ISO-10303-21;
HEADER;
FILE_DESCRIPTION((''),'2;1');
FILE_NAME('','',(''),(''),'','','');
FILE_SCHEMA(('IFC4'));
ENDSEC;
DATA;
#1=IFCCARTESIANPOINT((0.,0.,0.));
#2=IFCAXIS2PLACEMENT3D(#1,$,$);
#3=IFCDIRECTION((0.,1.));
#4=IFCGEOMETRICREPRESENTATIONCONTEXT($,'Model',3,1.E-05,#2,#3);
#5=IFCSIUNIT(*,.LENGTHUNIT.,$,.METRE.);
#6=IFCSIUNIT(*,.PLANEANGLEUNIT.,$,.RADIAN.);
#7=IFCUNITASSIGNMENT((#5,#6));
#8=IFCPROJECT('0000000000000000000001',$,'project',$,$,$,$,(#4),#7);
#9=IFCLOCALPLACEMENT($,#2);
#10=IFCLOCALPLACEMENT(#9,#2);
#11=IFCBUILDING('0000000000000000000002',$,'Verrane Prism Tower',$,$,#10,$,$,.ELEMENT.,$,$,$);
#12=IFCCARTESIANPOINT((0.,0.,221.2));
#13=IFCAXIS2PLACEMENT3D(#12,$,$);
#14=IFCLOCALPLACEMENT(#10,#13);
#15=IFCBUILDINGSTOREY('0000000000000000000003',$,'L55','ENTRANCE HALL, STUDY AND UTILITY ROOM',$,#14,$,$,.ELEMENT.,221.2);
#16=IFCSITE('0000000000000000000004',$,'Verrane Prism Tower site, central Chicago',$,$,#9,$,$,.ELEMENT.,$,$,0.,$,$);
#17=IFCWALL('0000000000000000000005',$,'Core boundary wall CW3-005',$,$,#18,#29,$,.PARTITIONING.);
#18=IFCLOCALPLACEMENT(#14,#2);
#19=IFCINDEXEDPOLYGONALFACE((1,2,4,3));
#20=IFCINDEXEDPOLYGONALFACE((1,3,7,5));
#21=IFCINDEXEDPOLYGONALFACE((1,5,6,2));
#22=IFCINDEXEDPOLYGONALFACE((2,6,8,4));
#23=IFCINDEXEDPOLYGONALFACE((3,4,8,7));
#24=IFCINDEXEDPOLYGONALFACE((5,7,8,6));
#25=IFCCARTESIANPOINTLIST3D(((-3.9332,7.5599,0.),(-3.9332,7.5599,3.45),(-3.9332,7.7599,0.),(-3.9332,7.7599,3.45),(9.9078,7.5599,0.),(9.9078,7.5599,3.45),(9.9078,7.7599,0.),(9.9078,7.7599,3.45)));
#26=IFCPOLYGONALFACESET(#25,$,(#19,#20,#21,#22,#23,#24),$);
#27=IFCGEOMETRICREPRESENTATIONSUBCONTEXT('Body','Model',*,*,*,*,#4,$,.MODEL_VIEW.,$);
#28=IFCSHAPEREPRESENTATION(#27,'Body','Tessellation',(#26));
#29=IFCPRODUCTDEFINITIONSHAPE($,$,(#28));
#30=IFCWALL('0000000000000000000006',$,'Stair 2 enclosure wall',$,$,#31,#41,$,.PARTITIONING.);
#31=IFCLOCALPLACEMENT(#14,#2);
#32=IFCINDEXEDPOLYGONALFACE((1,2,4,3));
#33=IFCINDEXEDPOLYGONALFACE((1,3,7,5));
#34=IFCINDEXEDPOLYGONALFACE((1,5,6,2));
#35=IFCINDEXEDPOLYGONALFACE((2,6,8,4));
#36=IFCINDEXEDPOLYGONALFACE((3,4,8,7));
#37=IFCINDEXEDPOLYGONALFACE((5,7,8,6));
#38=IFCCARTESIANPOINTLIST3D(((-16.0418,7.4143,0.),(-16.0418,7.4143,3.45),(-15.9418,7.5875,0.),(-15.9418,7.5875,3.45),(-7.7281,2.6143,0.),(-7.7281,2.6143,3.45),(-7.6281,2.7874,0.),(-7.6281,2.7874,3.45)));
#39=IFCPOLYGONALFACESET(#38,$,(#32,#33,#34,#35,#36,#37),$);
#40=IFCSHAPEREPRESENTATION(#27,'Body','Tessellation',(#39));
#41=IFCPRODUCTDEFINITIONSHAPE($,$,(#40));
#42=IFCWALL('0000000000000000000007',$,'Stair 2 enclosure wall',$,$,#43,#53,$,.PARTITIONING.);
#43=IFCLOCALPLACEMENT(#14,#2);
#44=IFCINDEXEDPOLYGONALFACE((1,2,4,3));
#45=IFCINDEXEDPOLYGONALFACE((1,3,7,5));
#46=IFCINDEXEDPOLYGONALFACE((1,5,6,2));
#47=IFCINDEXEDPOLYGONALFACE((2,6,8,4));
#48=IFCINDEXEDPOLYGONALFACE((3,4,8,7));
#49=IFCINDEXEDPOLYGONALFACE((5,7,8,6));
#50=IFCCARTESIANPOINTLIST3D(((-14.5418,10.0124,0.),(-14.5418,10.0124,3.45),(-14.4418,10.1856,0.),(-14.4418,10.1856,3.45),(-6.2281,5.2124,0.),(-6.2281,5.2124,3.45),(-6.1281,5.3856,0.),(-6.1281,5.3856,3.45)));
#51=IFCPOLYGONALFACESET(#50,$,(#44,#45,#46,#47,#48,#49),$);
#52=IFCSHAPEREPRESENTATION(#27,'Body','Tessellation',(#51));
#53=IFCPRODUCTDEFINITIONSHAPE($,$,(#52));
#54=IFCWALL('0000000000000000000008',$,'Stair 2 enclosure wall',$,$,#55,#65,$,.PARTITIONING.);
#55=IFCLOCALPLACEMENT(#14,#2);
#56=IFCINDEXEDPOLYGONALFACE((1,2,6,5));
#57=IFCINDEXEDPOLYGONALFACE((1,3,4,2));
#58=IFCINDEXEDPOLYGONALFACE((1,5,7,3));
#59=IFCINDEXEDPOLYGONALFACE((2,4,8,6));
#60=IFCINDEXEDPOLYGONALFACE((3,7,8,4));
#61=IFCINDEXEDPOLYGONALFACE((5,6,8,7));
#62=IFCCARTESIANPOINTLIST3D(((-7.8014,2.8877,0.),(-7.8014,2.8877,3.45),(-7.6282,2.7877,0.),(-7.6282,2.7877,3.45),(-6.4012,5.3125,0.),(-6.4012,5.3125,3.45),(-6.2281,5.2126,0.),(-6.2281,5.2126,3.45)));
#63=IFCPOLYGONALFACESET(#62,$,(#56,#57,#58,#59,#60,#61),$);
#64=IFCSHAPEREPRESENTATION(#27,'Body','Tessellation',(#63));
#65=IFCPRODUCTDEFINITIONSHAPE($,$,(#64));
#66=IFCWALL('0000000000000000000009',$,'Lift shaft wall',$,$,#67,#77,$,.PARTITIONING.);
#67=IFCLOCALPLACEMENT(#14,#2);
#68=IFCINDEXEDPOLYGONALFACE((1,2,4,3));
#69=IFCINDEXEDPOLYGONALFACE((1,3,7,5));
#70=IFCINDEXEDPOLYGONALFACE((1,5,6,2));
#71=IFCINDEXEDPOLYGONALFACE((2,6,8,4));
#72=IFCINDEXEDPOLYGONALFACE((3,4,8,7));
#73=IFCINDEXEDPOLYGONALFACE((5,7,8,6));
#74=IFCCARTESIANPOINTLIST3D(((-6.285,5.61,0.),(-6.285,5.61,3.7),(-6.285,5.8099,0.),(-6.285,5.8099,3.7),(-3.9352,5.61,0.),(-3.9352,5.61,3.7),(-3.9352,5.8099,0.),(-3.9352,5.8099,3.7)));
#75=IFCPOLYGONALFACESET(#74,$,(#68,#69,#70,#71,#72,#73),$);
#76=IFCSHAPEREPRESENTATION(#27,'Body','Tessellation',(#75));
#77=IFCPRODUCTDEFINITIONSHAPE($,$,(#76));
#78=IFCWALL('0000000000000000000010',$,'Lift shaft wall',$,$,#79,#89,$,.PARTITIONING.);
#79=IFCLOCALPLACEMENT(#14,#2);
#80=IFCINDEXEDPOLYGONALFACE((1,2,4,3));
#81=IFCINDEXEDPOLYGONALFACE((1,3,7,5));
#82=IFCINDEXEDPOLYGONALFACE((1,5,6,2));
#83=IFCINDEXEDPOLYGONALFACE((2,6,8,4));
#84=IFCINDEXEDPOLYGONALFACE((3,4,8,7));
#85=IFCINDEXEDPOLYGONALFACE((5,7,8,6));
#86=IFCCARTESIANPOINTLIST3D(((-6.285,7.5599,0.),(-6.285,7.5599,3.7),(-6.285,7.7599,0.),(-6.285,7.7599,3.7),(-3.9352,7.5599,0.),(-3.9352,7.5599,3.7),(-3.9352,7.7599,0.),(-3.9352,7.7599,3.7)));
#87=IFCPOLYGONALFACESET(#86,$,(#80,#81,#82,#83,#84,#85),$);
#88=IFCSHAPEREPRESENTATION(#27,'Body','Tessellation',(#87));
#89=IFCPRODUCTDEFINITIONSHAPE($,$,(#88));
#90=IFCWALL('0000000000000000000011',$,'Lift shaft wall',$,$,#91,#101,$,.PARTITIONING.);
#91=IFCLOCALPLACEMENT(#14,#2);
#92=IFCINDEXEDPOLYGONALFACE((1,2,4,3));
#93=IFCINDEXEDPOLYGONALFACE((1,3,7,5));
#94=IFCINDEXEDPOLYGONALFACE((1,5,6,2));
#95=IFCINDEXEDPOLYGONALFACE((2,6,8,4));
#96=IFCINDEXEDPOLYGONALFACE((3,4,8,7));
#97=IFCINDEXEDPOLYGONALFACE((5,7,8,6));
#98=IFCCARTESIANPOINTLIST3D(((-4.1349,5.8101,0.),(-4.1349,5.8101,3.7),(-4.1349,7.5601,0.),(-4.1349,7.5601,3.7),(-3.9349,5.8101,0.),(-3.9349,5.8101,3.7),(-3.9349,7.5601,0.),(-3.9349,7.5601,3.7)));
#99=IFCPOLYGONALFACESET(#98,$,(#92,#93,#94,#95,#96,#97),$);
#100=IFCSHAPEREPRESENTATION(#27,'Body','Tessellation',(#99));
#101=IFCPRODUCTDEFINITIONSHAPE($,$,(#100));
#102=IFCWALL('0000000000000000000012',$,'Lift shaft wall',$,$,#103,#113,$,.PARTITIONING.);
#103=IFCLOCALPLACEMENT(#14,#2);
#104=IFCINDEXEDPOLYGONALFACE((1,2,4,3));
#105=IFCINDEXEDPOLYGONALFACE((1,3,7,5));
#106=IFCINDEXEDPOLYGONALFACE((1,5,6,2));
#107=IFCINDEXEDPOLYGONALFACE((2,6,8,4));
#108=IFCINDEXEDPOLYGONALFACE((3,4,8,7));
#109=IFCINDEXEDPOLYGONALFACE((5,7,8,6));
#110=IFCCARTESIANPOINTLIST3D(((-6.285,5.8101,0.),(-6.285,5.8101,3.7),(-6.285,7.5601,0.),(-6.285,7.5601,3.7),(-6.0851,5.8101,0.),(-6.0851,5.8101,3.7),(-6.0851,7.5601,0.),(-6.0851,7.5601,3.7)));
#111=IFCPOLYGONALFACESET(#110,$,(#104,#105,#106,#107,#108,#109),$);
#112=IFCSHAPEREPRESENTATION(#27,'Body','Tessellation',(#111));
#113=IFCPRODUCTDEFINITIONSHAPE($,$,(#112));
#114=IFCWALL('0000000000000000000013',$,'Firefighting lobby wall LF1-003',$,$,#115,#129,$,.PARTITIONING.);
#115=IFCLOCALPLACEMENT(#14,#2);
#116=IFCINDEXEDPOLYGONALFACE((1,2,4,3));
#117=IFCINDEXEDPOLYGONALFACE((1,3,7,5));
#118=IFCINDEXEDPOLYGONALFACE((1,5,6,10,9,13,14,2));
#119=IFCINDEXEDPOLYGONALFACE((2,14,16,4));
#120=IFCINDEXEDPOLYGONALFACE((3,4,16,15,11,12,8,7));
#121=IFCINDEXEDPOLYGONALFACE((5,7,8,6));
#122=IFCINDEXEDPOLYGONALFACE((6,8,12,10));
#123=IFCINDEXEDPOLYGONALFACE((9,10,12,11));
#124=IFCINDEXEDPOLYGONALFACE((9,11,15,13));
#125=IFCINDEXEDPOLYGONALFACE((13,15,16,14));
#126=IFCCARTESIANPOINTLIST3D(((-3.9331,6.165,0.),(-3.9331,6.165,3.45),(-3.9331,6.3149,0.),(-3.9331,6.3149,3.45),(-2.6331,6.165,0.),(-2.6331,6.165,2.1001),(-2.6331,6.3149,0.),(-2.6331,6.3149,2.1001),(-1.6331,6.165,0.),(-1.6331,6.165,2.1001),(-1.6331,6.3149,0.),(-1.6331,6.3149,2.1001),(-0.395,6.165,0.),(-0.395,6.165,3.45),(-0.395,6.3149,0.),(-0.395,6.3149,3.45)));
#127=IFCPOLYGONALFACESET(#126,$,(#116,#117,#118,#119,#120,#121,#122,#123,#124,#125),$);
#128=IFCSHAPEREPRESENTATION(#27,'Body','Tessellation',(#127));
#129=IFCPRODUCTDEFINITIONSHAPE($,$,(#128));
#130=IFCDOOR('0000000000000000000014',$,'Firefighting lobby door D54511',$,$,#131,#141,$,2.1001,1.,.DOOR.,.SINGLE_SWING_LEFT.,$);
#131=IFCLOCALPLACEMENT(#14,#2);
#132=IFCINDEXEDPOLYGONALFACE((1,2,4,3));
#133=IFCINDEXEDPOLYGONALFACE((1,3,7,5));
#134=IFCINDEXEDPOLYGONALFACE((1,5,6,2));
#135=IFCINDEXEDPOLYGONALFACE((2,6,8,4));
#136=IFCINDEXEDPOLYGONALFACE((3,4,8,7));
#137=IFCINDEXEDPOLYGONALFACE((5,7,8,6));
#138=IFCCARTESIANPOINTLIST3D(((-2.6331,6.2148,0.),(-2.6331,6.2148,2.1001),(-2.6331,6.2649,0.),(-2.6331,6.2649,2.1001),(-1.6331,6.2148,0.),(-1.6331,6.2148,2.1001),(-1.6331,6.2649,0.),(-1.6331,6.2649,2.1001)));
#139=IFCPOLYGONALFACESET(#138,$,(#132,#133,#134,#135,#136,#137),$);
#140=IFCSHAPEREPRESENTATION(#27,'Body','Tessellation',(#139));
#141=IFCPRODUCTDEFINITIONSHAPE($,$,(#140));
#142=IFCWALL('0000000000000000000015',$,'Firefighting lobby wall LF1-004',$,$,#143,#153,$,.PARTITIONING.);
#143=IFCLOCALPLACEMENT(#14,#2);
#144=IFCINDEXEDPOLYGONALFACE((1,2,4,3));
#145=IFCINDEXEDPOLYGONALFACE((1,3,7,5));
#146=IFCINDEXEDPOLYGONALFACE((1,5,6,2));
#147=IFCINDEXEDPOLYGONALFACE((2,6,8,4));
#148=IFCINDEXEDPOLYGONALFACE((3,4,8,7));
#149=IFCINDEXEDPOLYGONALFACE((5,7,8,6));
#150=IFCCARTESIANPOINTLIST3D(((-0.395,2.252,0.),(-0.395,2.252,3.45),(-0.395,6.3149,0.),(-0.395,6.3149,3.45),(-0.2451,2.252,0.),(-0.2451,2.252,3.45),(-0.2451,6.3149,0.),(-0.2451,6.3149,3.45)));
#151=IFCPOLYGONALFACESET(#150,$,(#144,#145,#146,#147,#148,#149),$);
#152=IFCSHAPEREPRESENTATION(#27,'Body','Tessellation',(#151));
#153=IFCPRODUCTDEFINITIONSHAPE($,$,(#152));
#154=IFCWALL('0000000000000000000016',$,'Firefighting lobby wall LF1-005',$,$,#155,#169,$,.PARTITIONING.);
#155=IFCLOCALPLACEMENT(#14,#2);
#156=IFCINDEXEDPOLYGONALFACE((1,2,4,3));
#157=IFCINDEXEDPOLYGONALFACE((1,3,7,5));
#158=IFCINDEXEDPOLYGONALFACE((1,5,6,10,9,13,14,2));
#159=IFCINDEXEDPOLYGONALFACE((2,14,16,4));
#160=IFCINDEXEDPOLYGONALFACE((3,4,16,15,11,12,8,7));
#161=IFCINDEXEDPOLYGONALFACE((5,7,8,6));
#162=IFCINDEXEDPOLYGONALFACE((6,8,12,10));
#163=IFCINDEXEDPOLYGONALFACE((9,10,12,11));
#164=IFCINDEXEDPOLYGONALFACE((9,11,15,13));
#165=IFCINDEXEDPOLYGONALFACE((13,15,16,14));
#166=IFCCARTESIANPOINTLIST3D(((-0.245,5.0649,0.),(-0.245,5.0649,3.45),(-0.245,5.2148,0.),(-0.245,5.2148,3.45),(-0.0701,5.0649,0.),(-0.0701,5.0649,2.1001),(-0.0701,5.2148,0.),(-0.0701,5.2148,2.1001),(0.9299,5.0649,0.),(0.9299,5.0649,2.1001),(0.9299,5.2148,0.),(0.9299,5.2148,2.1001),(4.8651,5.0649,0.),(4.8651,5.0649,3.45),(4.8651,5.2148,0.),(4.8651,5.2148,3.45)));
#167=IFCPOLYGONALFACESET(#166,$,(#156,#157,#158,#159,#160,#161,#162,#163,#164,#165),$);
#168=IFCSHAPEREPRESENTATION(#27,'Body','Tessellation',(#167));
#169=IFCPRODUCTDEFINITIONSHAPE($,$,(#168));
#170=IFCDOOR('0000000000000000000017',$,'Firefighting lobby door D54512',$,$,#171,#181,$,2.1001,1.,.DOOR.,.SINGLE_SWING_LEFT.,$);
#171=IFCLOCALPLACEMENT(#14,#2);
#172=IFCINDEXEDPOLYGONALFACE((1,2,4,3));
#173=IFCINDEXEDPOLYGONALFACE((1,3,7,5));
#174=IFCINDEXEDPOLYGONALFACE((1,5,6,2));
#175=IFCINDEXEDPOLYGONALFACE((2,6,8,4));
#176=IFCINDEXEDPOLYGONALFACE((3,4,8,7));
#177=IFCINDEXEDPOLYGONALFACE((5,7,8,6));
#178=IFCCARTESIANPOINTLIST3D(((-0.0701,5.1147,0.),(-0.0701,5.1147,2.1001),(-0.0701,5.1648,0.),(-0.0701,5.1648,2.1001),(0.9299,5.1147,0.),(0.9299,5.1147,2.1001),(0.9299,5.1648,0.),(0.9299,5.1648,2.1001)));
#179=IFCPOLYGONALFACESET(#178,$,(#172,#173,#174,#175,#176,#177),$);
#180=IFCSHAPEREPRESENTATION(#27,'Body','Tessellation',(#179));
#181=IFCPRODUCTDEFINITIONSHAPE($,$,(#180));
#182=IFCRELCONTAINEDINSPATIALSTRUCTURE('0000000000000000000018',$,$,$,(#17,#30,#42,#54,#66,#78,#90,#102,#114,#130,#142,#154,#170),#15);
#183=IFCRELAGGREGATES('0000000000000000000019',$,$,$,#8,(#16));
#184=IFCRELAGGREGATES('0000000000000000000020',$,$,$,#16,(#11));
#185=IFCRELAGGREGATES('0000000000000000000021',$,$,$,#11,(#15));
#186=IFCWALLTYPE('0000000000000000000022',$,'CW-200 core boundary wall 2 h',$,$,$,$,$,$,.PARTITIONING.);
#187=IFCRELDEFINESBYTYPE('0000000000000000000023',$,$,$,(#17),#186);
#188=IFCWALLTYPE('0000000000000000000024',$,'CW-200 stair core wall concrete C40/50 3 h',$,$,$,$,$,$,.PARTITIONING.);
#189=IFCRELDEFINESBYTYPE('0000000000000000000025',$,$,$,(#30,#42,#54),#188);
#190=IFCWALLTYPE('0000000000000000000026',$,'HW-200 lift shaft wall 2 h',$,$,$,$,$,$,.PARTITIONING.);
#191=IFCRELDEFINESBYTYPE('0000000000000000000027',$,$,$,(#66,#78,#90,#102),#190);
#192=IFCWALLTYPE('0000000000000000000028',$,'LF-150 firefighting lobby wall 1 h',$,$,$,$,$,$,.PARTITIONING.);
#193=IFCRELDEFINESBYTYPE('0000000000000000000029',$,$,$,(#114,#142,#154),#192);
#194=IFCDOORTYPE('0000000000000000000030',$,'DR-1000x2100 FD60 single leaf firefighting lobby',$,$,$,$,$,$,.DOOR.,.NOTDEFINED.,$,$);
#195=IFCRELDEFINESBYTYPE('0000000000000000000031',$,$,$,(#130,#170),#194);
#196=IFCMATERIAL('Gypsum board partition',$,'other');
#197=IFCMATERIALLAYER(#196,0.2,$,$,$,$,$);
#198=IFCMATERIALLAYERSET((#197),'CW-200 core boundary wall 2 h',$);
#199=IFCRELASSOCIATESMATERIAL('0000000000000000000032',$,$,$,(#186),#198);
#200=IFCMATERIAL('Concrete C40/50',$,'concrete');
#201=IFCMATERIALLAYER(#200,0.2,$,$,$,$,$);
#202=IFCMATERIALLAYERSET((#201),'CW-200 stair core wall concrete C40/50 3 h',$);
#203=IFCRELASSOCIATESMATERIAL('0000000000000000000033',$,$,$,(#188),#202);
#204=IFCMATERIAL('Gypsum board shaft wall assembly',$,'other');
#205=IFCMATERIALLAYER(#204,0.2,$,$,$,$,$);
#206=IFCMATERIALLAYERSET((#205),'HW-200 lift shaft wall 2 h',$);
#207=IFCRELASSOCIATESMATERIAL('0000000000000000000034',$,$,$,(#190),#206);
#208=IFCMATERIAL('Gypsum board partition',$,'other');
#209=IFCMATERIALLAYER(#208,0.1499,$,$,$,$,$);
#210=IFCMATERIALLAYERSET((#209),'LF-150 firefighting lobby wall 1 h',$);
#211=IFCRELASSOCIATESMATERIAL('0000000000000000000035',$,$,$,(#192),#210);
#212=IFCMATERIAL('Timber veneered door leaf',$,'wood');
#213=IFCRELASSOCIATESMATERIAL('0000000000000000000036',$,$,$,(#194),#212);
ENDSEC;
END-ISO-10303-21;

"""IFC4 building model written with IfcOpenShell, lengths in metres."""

from ifc_helpers import new_model, si_unit, direction, frame, frame_2d, origin, place, context, subcontext, project, spatial, rectangle, extrude, material, layer, layer_set, type_object, element, fill, save


model = new_model("IFC4")

# Units and contexts
model_context = context("Model", 3, precision=1e-05, world=origin(), true_north=direction((0.0, 1.0)))
body_context = subcontext(model_context, "Body", "Model", "MODEL_VIEW")
ifc_project = project(units=[si_unit("LENGTHUNIT", "METRE"), si_unit("PLANEANGLEUNIT", "RADIAN")], contexts=[model_context])

# Site, building, storey
site_placement = place(None, origin())
site = spatial("IfcSite", under=ifc_project, at=site_placement, Name="Verrane Prism Tower site, central Chicago", CompositionType="ELEMENT", RefElevation=0.0)
building_placement = place(site_placement, origin())
building = spatial("IfcBuilding", under=site, at=building_placement, Name="Verrane Prism Tower", CompositionType="ELEMENT")
storey_placement = place(building_placement, frame((0.0, 0.0, 221.2)))
storey = spatial("IfcBuildingStorey", under=building, at=storey_placement, Name="L55", Description="ENTRANCE HALL, STUDY AND UTILITY ROOM", CompositionType="ELEMENT", Elevation=221.2)

# Shared definitions
ifc_material_1 = material(Name="Gypsum board partition", Category="other")
ifc_layer_1 = layer(ifc_material_1, 0.2)
ifc_layer_set_1 = layer_set([ifc_layer_1], Name="CW-200 core boundary wall 2 h")
wall_type_1 = type_object("IfcWallType", Name="CW-200 core boundary wall 2 h", PredefinedType="PARTITIONING", material=ifc_layer_set_1)

# Walls
wall_1_placement = place(storey_placement, frame((-3.9331, 7.6599, 0.0), z_axis=(0.0, 0.0, 1.0), x_axis=(1.0, 0.0, 0.0)))
element("IfcWall", 1, at=wall_1_placement, inside=storey, type_object=wall_type_1, Name="Core boundary wall CW3-005", PredefinedType="PARTITIONING", context=body_context, shape_type="SweptSolid", body=[
    extrude(rectangle(XDim=13.8411, YDim=0.2, at=frame_2d((6.9204, 0.0))), origin(), (0.0, 0.0, 1.0), 3.45),
])
ifc_material_2 = material(Name="Concrete C40/50", Category="concrete")
ifc_layer_2 = layer(ifc_material_2, 0.2)
ifc_layer_set_2 = layer_set([ifc_layer_2], Name="CW-200 stair core wall concrete C40/50 3 h")
wall_type_2 = type_object("IfcWallType", Name="CW-200 stair core wall concrete C40/50 3 h", PredefinedType="PARTITIONING", material=ifc_layer_set_2)
for number, where, z_axis, x_axis, name in (
    (2, (-7.6782, 2.7009, 0.0), (0.0, 0.0, 1.0), (-0.86602, 0.500009, 0.0), "Stair 2 enclosure wall"),
    (3, (-6.1782, 5.2991, 0.0), (0.0, 0.0, 1.0), (-0.86602, 0.500009, 0.0), "Stair 2 enclosure wall"),
):
    element("IfcWall", number, at=place(storey_placement, frame(where, z_axis=z_axis, x_axis=x_axis)), inside=storey, type_object=wall_type_2, Name=name, PredefinedType="PARTITIONING", context=body_context, shape_type="SweptSolid", body=[
        extrude(rectangle(XDim=9.5999, YDim=0.2, at=frame_2d((4.7998, 0.0))), origin(), (0.0, 0.0, 1.0), 3.45),
    ])
wall_2_placement = place(storey_placement, frame((-6.3147, 5.2625, 0.0), z_axis=(0.0, 0.0, 1.0), x_axis=(-0.50005, -0.865997, 0.0)))
element("IfcWall", 4, at=wall_2_placement, inside=storey, type_object=wall_type_2, Name="Stair 2 enclosure wall", PredefinedType="PARTITIONING", context=body_context, shape_type="SweptSolid", body=[
    extrude(rectangle(XDim=2.8, YDim=0.2, at=frame_2d((1.3999, 0.0))), origin(), (0.0, 0.0, 1.0), 3.45),
])
ifc_material_3 = material(Name="Gypsum board shaft wall assembly", Category="other")
ifc_layer_3 = layer(ifc_material_3, 0.2)
ifc_layer_set_3 = layer_set([ifc_layer_3], Name="HW-200 lift shaft wall 2 h")
wall_type_3 = type_object("IfcWallType", Name="HW-200 lift shaft wall 2 h", PredefinedType="PARTITIONING", material=ifc_layer_set_3)
for number, where, z_axis, x_axis, name in (
    (5, (-6.2849, 5.71, 0.0), (0.0, 0.0, 1.0), (1.0, 0.0, 0.0), "Lift shaft wall"),
    (6, (-6.2849, 7.6599, 0.0), (0.0, 0.0, 1.0), (1.0, 0.0, 0.0), "Lift shaft wall"),
):
    element("IfcWall", number, at=place(storey_placement, frame(where, z_axis=z_axis, x_axis=x_axis)), inside=storey, type_object=wall_type_3, Name=name, PredefinedType="PARTITIONING", context=body_context, shape_type="SweptSolid", body=[
        extrude(rectangle(XDim=2.3499, YDim=0.2, at=frame_2d((1.1748, 0.0))), origin(), (0.0, 0.0, 1.0), 3.7),
    ])
for number, where, z_axis, x_axis, name in (
    (7, (-4.0349, 5.8101, 0.0), (0.0, 0.0, 1.0), (0.0, 1.0, 0.0), "Lift shaft wall"),
    (8, (-6.1851, 5.8101, 0.0), (0.0, 0.0, 1.0), (0.0, 1.0, 0.0), "Lift shaft wall"),
):
    element("IfcWall", number, at=place(storey_placement, frame(where, z_axis=z_axis, x_axis=x_axis)), inside=storey, type_object=wall_type_3, Name=name, PredefinedType="PARTITIONING", context=body_context, shape_type="SweptSolid", body=[
        extrude(rectangle(XDim=1.75, YDim=0.2, at=frame_2d((0.875, 0.0))), origin(), (0.0, 0.0, 1.0), 3.7),
    ])

# Wall, opening, door
ifc_material_4 = material(Name="Gypsum board partition", Category="other")
ifc_layer_4 = layer(ifc_material_4, 0.1499)
ifc_layer_set_4 = layer_set([ifc_layer_4], Name="LF-150 firefighting lobby wall 1 h")
wall_type_4 = type_object("IfcWallType", Name="LF-150 firefighting lobby wall 1 h", PredefinedType="PARTITIONING", material=ifc_layer_set_4)
wall_3_placement = place(storey_placement, frame((-3.9331, 6.24, 0.0), z_axis=(0.0, 0.0, 1.0), x_axis=(1.0, 0.0, 0.0)))
wall_3 = element("IfcWall", 9, at=wall_3_placement, inside=storey, type_object=wall_type_4, Name="Firefighting lobby wall LF1-003", PredefinedType="PARTITIONING", context=body_context, shape_type="SweptSolid", body=[
    extrude(rectangle(XDim=3.5381, YDim=0.1499, at=frame_2d((1.769, 0.0))), origin(), (0.0, 0.0, 1.0), 3.45),
])
opening_1_placement = place(wall_3_placement, frame((1.3, 0.0, 0.0)))
opening_1 = element("IfcOpeningElement", 10, at=opening_1_placement, cuts=wall_3, PredefinedType="OPENING", context=body_context, shape_type="SweptSolid", body=[
    extrude(rectangle(XDim=1.0, YDim=2.1001, at=frame_2d((0.5, 1.05))), frame((0.0, 0.085, 0.0), z_axis=(0.0, -1.0, 0.0), x_axis=(1.0, 0.0, 0.0)), (0.0, 0.0, 1.0), 0.1699),
])
ifc_material_5 = material(Name="Timber veneered door leaf", Category="wood")
door_type_1 = type_object("IfcDoorType", Name="DR-1000x2100 FD60 single leaf firefighting lobby", OperationType="NOTDEFINED", PredefinedType="DOOR", material=ifc_material_5)
door_1_placement = place(opening_1_placement, origin())
door_1 = element("IfcDoor", 11, at=door_1_placement, inside=storey, type_object=door_type_1, Name="Firefighting lobby door D54511", OperationType="SINGLE_SWING_LEFT", OverallHeight=2.1001, OverallWidth=1.0, PredefinedType="DOOR", context=body_context, shape_type="SweptSolid", body=[
    extrude(rectangle(XDim=1.0, YDim=2.1001, at=frame_2d((0.5, 1.05))), frame((0.0, 0.0249, 0.0), z_axis=(0.0, -1.0, 0.0), x_axis=(1.0, 0.0, 0.0)), (0.0, 0.0, 1.0), 0.05),
])
fill(opening_1, door_1)

# Wall
wall_4_placement = place(storey_placement, frame((-0.3201, 2.252, 0.0), z_axis=(0.0, 0.0, 1.0), x_axis=(0.0, 1.0, 0.0)))
element("IfcWall", 12, at=wall_4_placement, inside=storey, type_object=wall_type_4, Name="Firefighting lobby wall LF1-004", PredefinedType="PARTITIONING", context=body_context, shape_type="SweptSolid", body=[
    extrude(rectangle(XDim=4.063, YDim=0.1499, at=frame_2d((2.0315, 0.0))), origin(), (0.0, 0.0, 1.0), 3.45),
])

# Wall, opening, door
wall_5_placement = place(storey_placement, frame((-0.2451, 5.1399, 0.0), z_axis=(0.0, 0.0, 1.0), x_axis=(1.0, 0.0, 0.0)))
wall_5 = element("IfcWall", 13, at=wall_5_placement, inside=storey, type_object=wall_type_4, Name="Firefighting lobby wall LF1-005", PredefinedType="PARTITIONING", context=body_context, shape_type="SweptSolid", body=[
    extrude(rectangle(XDim=5.1101, YDim=0.1499, at=frame_2d((2.5552, 0.0))), origin(), (0.0, 0.0, 1.0), 3.45),
])
opening_2_placement = place(wall_5_placement, frame((0.175, 0.0, 0.0)))
opening_2 = element("IfcOpeningElement", 14, at=opening_2_placement, cuts=wall_5, PredefinedType="OPENING", context=body_context, shape_type="SweptSolid", body=[
    extrude(rectangle(XDim=1.0, YDim=2.1001, at=frame_2d((0.5, 1.05))), frame((0.0, 0.085, 0.0), z_axis=(0.0, -1.0, 0.0), x_axis=(1.0, 0.0, 0.0)), (0.0, 0.0, 1.0), 0.1699),
])
door_2_placement = place(opening_2_placement, origin())
door_2 = element("IfcDoor", 15, at=door_2_placement, inside=storey, type_object=door_type_1, Name="Firefighting lobby door D54512", OperationType="SINGLE_SWING_LEFT", OverallHeight=2.1001, OverallWidth=1.0, PredefinedType="DOOR", context=body_context, shape_type="SweptSolid", body=[
    extrude(rectangle(XDim=1.0, YDim=2.1001, at=frame_2d((0.5, 1.05))), frame((0.0, 0.0249, 0.0), z_axis=(0.0, -1.0, 0.0), x_axis=(1.0, 0.0, 0.0)), (0.0, 0.0, 1.0), 0.05),
])
fill(opening_2, door_2)

save(model, "model.ifc")
